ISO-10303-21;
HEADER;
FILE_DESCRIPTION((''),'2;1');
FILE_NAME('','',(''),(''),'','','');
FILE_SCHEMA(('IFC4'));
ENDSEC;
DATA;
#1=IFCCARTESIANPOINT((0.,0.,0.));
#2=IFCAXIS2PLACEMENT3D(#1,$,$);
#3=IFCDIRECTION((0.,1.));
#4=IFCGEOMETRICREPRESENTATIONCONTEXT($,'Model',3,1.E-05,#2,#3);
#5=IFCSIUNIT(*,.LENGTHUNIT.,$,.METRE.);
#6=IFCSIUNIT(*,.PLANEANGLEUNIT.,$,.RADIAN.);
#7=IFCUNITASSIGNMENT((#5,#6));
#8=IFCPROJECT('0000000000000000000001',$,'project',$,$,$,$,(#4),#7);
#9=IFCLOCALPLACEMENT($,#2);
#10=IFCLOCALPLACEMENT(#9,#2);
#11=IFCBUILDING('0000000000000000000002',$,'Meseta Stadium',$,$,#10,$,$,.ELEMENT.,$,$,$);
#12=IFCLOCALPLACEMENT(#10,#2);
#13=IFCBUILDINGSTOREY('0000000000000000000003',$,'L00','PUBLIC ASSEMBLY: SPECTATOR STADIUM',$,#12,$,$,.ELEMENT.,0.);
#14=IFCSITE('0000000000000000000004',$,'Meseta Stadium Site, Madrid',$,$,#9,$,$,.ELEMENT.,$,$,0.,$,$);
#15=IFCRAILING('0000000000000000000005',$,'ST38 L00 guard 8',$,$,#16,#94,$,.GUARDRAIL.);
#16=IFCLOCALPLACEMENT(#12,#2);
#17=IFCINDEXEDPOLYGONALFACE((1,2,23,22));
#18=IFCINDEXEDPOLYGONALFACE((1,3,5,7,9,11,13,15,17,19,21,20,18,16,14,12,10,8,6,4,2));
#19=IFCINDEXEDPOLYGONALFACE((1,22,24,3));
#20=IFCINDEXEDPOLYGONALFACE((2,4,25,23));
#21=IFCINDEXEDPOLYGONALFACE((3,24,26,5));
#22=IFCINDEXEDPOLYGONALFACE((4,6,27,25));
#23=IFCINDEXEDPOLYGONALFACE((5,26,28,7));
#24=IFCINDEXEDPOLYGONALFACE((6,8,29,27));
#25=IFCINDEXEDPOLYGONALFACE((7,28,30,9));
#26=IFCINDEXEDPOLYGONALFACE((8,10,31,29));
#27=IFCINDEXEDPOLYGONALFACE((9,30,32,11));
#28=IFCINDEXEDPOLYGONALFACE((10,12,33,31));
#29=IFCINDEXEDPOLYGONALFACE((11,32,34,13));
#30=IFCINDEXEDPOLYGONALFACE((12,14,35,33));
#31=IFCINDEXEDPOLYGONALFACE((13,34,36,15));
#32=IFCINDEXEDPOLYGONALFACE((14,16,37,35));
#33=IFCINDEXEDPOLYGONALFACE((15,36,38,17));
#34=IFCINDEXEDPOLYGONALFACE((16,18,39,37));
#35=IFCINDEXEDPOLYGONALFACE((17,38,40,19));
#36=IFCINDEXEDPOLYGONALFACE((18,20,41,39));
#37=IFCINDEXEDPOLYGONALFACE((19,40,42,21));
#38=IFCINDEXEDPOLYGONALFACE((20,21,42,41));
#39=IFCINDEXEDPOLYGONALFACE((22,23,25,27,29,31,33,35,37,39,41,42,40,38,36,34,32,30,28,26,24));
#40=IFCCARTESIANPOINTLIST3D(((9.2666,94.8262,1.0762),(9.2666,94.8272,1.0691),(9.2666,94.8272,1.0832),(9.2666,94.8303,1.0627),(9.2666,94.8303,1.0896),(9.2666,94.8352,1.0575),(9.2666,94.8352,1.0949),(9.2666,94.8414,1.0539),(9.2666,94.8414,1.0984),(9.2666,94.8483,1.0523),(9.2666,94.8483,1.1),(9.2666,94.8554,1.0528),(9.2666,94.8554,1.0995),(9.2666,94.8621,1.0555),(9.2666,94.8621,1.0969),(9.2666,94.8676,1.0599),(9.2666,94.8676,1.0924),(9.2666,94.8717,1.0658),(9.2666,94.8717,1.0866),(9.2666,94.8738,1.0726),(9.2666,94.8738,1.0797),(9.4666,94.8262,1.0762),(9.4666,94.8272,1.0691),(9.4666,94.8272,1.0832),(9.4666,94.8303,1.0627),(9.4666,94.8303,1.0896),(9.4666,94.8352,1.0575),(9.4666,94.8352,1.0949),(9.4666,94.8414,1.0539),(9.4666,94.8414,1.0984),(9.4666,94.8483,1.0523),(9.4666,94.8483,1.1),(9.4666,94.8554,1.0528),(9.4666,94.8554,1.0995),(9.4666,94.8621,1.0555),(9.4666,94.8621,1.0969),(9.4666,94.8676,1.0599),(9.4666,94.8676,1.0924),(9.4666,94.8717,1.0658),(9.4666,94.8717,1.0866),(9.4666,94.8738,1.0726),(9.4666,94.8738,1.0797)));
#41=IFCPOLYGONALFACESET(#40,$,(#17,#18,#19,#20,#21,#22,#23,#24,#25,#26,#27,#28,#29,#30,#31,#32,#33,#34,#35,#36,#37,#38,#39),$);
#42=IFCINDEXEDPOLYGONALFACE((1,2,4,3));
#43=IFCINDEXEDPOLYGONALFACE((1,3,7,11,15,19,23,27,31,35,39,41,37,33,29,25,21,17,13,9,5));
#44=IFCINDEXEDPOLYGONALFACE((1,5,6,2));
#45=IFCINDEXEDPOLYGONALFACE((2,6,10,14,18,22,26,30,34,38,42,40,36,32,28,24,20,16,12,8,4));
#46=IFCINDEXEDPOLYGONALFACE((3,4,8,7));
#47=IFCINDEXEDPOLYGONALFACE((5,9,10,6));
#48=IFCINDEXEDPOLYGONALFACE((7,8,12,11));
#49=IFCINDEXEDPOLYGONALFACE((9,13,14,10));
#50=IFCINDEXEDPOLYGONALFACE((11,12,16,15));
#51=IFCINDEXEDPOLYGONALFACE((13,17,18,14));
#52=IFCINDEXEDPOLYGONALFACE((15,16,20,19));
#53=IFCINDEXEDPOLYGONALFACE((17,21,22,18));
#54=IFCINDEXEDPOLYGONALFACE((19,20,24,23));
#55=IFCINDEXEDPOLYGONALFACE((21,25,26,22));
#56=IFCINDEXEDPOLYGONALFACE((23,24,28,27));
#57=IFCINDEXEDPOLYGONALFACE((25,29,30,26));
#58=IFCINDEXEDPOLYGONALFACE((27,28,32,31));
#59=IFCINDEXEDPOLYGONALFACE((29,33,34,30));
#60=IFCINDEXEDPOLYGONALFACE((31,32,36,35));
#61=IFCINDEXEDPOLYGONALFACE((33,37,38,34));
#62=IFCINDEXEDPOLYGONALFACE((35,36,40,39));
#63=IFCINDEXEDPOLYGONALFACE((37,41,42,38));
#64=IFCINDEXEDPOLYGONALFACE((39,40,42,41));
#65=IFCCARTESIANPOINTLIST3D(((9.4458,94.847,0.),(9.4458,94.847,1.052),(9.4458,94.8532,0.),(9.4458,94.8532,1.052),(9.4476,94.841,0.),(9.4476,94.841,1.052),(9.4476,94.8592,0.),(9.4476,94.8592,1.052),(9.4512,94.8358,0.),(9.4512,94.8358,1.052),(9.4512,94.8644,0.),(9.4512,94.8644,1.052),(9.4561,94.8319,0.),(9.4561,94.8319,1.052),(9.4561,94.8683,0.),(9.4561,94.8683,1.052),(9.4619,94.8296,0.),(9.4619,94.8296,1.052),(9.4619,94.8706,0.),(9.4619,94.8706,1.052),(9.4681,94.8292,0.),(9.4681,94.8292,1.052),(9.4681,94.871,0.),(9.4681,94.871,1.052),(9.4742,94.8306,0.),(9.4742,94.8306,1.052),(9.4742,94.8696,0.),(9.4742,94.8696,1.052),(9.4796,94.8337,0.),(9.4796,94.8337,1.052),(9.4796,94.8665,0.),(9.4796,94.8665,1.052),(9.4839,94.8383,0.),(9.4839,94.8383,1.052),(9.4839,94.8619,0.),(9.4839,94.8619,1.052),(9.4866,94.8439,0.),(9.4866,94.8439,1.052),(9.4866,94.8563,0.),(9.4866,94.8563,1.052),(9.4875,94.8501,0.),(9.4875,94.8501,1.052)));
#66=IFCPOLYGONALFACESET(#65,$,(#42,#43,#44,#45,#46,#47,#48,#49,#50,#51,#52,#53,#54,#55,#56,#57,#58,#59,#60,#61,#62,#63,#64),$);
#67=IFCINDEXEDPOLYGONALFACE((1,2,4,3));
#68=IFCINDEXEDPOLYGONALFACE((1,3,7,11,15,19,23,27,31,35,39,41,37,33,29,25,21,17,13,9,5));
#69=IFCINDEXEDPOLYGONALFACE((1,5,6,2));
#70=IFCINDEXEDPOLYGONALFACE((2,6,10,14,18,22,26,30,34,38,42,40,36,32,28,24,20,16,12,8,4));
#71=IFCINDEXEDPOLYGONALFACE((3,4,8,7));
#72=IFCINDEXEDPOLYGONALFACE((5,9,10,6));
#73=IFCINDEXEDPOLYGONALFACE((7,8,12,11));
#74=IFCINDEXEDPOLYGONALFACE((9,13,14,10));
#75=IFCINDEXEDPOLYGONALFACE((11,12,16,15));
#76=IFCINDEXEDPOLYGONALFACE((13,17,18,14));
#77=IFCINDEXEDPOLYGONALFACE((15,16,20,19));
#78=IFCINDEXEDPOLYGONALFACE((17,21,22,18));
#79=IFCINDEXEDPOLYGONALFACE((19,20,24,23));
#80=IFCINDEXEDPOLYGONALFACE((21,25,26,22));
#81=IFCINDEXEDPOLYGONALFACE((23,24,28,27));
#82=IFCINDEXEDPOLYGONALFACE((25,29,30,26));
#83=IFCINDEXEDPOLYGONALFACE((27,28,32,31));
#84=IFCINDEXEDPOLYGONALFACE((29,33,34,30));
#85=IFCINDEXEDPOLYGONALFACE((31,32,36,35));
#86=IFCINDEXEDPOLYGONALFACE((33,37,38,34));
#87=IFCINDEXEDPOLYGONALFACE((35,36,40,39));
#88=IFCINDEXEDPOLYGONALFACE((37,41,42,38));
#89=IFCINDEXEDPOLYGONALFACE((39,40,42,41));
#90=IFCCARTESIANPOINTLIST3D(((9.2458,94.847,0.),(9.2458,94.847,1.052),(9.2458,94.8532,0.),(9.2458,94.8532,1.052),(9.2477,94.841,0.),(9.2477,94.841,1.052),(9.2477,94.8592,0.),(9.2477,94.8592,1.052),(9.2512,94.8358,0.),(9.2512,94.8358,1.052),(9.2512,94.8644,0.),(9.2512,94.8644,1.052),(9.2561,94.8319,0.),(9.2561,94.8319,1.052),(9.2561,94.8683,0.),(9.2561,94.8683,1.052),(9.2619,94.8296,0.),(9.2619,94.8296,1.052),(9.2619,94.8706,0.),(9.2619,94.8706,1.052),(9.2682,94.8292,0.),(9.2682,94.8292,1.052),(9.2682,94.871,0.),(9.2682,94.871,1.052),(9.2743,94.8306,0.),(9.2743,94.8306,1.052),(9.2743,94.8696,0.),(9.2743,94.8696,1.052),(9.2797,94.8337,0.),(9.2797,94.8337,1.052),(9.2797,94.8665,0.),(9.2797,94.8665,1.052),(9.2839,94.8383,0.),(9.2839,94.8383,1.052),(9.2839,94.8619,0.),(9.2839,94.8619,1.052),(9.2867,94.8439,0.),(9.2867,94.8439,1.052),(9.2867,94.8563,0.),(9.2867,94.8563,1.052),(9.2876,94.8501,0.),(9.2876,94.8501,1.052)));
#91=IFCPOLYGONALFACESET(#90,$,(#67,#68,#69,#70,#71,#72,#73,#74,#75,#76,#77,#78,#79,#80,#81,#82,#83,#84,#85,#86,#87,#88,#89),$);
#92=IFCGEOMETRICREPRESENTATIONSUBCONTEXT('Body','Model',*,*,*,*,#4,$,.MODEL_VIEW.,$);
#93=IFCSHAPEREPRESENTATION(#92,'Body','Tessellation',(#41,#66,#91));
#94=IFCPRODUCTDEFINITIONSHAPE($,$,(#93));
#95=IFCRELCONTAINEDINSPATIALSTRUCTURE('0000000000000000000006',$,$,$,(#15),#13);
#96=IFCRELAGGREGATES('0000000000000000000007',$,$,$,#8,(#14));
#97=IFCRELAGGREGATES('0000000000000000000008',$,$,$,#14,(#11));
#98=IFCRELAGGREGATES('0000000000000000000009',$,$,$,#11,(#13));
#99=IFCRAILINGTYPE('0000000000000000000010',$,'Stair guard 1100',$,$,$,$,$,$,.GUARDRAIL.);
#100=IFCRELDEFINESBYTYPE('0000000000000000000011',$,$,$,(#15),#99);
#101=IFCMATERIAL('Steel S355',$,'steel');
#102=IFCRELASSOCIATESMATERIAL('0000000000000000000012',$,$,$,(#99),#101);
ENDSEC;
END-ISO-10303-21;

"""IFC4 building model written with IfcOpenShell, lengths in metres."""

from ifc_helpers import new_model, si_unit, direction, frame, origin, origin_2d, place, context, subcontext, project, spatial, circle, extrude, material, type_object, element, save


model = new_model("IFC4")

# Units and contexts
model_context = context("Model", 3, precision=1e-05, world=origin(), true_north=direction((0.0, 1.0)))
body_context = subcontext(model_context, "Body", "Model", "MODEL_VIEW")
ifc_project = project(units=[si_unit("LENGTHUNIT", "METRE"), si_unit("PLANEANGLEUNIT", "RADIAN")], contexts=[model_context])

# Site, building, storey
site_placement = place(None, origin())
site = spatial("IfcSite", under=ifc_project, at=site_placement, Name="Meseta Stadium Site, Madrid", CompositionType="ELEMENT", RefElevation=0.0)
building_placement = place(site_placement, origin())
building = spatial("IfcBuilding", under=site, at=building_placement, Name="Meseta Stadium", CompositionType="ELEMENT")
storey_placement = place(building_placement, origin())
storey = spatial("IfcBuildingStorey", under=building, at=storey_placement, Name="L00", Description="PUBLIC ASSEMBLY: SPECTATOR STADIUM", CompositionType="ELEMENT", Elevation=0.0)

# Railing
ifc_material_1 = material(Name="Steel S355", Category="steel")
railing_type_1 = type_object("IfcRailingType", Name="Stair guard 1100", PredefinedType="GUARDRAIL", material=ifc_material_1)
railing_1_placement = place(storey_placement, frame((9.4666, 94.8501, 0.0)))
element("IfcRailing", 1, at=railing_1_placement, inside=storey, type_object=railing_type_1, Name="ST38 L00 guard 8", PredefinedType="GUARDRAIL", context=body_context, shape_type="SweptSolid", body=[
    extrude(circle(Radius=0.0239, at=origin_2d()), frame((0.0, 0.0, 1.0762), z_axis=(-1.0, 0.0, 0.0), x_axis=(0.0, -1.0, 0.0)), (0.0, 0.0, 1.0), 0.2),
    extrude(circle(Radius=0.021, at=origin_2d()), origin(), (0.0, 0.0, 1.0), 1.052),
    extrude(circle(Radius=0.021, at=origin_2d()), frame((-0.2, 0.0, 0.0)), (0.0, 0.0, 1.0), 1.052),
])

save(model, "model.ifc")
